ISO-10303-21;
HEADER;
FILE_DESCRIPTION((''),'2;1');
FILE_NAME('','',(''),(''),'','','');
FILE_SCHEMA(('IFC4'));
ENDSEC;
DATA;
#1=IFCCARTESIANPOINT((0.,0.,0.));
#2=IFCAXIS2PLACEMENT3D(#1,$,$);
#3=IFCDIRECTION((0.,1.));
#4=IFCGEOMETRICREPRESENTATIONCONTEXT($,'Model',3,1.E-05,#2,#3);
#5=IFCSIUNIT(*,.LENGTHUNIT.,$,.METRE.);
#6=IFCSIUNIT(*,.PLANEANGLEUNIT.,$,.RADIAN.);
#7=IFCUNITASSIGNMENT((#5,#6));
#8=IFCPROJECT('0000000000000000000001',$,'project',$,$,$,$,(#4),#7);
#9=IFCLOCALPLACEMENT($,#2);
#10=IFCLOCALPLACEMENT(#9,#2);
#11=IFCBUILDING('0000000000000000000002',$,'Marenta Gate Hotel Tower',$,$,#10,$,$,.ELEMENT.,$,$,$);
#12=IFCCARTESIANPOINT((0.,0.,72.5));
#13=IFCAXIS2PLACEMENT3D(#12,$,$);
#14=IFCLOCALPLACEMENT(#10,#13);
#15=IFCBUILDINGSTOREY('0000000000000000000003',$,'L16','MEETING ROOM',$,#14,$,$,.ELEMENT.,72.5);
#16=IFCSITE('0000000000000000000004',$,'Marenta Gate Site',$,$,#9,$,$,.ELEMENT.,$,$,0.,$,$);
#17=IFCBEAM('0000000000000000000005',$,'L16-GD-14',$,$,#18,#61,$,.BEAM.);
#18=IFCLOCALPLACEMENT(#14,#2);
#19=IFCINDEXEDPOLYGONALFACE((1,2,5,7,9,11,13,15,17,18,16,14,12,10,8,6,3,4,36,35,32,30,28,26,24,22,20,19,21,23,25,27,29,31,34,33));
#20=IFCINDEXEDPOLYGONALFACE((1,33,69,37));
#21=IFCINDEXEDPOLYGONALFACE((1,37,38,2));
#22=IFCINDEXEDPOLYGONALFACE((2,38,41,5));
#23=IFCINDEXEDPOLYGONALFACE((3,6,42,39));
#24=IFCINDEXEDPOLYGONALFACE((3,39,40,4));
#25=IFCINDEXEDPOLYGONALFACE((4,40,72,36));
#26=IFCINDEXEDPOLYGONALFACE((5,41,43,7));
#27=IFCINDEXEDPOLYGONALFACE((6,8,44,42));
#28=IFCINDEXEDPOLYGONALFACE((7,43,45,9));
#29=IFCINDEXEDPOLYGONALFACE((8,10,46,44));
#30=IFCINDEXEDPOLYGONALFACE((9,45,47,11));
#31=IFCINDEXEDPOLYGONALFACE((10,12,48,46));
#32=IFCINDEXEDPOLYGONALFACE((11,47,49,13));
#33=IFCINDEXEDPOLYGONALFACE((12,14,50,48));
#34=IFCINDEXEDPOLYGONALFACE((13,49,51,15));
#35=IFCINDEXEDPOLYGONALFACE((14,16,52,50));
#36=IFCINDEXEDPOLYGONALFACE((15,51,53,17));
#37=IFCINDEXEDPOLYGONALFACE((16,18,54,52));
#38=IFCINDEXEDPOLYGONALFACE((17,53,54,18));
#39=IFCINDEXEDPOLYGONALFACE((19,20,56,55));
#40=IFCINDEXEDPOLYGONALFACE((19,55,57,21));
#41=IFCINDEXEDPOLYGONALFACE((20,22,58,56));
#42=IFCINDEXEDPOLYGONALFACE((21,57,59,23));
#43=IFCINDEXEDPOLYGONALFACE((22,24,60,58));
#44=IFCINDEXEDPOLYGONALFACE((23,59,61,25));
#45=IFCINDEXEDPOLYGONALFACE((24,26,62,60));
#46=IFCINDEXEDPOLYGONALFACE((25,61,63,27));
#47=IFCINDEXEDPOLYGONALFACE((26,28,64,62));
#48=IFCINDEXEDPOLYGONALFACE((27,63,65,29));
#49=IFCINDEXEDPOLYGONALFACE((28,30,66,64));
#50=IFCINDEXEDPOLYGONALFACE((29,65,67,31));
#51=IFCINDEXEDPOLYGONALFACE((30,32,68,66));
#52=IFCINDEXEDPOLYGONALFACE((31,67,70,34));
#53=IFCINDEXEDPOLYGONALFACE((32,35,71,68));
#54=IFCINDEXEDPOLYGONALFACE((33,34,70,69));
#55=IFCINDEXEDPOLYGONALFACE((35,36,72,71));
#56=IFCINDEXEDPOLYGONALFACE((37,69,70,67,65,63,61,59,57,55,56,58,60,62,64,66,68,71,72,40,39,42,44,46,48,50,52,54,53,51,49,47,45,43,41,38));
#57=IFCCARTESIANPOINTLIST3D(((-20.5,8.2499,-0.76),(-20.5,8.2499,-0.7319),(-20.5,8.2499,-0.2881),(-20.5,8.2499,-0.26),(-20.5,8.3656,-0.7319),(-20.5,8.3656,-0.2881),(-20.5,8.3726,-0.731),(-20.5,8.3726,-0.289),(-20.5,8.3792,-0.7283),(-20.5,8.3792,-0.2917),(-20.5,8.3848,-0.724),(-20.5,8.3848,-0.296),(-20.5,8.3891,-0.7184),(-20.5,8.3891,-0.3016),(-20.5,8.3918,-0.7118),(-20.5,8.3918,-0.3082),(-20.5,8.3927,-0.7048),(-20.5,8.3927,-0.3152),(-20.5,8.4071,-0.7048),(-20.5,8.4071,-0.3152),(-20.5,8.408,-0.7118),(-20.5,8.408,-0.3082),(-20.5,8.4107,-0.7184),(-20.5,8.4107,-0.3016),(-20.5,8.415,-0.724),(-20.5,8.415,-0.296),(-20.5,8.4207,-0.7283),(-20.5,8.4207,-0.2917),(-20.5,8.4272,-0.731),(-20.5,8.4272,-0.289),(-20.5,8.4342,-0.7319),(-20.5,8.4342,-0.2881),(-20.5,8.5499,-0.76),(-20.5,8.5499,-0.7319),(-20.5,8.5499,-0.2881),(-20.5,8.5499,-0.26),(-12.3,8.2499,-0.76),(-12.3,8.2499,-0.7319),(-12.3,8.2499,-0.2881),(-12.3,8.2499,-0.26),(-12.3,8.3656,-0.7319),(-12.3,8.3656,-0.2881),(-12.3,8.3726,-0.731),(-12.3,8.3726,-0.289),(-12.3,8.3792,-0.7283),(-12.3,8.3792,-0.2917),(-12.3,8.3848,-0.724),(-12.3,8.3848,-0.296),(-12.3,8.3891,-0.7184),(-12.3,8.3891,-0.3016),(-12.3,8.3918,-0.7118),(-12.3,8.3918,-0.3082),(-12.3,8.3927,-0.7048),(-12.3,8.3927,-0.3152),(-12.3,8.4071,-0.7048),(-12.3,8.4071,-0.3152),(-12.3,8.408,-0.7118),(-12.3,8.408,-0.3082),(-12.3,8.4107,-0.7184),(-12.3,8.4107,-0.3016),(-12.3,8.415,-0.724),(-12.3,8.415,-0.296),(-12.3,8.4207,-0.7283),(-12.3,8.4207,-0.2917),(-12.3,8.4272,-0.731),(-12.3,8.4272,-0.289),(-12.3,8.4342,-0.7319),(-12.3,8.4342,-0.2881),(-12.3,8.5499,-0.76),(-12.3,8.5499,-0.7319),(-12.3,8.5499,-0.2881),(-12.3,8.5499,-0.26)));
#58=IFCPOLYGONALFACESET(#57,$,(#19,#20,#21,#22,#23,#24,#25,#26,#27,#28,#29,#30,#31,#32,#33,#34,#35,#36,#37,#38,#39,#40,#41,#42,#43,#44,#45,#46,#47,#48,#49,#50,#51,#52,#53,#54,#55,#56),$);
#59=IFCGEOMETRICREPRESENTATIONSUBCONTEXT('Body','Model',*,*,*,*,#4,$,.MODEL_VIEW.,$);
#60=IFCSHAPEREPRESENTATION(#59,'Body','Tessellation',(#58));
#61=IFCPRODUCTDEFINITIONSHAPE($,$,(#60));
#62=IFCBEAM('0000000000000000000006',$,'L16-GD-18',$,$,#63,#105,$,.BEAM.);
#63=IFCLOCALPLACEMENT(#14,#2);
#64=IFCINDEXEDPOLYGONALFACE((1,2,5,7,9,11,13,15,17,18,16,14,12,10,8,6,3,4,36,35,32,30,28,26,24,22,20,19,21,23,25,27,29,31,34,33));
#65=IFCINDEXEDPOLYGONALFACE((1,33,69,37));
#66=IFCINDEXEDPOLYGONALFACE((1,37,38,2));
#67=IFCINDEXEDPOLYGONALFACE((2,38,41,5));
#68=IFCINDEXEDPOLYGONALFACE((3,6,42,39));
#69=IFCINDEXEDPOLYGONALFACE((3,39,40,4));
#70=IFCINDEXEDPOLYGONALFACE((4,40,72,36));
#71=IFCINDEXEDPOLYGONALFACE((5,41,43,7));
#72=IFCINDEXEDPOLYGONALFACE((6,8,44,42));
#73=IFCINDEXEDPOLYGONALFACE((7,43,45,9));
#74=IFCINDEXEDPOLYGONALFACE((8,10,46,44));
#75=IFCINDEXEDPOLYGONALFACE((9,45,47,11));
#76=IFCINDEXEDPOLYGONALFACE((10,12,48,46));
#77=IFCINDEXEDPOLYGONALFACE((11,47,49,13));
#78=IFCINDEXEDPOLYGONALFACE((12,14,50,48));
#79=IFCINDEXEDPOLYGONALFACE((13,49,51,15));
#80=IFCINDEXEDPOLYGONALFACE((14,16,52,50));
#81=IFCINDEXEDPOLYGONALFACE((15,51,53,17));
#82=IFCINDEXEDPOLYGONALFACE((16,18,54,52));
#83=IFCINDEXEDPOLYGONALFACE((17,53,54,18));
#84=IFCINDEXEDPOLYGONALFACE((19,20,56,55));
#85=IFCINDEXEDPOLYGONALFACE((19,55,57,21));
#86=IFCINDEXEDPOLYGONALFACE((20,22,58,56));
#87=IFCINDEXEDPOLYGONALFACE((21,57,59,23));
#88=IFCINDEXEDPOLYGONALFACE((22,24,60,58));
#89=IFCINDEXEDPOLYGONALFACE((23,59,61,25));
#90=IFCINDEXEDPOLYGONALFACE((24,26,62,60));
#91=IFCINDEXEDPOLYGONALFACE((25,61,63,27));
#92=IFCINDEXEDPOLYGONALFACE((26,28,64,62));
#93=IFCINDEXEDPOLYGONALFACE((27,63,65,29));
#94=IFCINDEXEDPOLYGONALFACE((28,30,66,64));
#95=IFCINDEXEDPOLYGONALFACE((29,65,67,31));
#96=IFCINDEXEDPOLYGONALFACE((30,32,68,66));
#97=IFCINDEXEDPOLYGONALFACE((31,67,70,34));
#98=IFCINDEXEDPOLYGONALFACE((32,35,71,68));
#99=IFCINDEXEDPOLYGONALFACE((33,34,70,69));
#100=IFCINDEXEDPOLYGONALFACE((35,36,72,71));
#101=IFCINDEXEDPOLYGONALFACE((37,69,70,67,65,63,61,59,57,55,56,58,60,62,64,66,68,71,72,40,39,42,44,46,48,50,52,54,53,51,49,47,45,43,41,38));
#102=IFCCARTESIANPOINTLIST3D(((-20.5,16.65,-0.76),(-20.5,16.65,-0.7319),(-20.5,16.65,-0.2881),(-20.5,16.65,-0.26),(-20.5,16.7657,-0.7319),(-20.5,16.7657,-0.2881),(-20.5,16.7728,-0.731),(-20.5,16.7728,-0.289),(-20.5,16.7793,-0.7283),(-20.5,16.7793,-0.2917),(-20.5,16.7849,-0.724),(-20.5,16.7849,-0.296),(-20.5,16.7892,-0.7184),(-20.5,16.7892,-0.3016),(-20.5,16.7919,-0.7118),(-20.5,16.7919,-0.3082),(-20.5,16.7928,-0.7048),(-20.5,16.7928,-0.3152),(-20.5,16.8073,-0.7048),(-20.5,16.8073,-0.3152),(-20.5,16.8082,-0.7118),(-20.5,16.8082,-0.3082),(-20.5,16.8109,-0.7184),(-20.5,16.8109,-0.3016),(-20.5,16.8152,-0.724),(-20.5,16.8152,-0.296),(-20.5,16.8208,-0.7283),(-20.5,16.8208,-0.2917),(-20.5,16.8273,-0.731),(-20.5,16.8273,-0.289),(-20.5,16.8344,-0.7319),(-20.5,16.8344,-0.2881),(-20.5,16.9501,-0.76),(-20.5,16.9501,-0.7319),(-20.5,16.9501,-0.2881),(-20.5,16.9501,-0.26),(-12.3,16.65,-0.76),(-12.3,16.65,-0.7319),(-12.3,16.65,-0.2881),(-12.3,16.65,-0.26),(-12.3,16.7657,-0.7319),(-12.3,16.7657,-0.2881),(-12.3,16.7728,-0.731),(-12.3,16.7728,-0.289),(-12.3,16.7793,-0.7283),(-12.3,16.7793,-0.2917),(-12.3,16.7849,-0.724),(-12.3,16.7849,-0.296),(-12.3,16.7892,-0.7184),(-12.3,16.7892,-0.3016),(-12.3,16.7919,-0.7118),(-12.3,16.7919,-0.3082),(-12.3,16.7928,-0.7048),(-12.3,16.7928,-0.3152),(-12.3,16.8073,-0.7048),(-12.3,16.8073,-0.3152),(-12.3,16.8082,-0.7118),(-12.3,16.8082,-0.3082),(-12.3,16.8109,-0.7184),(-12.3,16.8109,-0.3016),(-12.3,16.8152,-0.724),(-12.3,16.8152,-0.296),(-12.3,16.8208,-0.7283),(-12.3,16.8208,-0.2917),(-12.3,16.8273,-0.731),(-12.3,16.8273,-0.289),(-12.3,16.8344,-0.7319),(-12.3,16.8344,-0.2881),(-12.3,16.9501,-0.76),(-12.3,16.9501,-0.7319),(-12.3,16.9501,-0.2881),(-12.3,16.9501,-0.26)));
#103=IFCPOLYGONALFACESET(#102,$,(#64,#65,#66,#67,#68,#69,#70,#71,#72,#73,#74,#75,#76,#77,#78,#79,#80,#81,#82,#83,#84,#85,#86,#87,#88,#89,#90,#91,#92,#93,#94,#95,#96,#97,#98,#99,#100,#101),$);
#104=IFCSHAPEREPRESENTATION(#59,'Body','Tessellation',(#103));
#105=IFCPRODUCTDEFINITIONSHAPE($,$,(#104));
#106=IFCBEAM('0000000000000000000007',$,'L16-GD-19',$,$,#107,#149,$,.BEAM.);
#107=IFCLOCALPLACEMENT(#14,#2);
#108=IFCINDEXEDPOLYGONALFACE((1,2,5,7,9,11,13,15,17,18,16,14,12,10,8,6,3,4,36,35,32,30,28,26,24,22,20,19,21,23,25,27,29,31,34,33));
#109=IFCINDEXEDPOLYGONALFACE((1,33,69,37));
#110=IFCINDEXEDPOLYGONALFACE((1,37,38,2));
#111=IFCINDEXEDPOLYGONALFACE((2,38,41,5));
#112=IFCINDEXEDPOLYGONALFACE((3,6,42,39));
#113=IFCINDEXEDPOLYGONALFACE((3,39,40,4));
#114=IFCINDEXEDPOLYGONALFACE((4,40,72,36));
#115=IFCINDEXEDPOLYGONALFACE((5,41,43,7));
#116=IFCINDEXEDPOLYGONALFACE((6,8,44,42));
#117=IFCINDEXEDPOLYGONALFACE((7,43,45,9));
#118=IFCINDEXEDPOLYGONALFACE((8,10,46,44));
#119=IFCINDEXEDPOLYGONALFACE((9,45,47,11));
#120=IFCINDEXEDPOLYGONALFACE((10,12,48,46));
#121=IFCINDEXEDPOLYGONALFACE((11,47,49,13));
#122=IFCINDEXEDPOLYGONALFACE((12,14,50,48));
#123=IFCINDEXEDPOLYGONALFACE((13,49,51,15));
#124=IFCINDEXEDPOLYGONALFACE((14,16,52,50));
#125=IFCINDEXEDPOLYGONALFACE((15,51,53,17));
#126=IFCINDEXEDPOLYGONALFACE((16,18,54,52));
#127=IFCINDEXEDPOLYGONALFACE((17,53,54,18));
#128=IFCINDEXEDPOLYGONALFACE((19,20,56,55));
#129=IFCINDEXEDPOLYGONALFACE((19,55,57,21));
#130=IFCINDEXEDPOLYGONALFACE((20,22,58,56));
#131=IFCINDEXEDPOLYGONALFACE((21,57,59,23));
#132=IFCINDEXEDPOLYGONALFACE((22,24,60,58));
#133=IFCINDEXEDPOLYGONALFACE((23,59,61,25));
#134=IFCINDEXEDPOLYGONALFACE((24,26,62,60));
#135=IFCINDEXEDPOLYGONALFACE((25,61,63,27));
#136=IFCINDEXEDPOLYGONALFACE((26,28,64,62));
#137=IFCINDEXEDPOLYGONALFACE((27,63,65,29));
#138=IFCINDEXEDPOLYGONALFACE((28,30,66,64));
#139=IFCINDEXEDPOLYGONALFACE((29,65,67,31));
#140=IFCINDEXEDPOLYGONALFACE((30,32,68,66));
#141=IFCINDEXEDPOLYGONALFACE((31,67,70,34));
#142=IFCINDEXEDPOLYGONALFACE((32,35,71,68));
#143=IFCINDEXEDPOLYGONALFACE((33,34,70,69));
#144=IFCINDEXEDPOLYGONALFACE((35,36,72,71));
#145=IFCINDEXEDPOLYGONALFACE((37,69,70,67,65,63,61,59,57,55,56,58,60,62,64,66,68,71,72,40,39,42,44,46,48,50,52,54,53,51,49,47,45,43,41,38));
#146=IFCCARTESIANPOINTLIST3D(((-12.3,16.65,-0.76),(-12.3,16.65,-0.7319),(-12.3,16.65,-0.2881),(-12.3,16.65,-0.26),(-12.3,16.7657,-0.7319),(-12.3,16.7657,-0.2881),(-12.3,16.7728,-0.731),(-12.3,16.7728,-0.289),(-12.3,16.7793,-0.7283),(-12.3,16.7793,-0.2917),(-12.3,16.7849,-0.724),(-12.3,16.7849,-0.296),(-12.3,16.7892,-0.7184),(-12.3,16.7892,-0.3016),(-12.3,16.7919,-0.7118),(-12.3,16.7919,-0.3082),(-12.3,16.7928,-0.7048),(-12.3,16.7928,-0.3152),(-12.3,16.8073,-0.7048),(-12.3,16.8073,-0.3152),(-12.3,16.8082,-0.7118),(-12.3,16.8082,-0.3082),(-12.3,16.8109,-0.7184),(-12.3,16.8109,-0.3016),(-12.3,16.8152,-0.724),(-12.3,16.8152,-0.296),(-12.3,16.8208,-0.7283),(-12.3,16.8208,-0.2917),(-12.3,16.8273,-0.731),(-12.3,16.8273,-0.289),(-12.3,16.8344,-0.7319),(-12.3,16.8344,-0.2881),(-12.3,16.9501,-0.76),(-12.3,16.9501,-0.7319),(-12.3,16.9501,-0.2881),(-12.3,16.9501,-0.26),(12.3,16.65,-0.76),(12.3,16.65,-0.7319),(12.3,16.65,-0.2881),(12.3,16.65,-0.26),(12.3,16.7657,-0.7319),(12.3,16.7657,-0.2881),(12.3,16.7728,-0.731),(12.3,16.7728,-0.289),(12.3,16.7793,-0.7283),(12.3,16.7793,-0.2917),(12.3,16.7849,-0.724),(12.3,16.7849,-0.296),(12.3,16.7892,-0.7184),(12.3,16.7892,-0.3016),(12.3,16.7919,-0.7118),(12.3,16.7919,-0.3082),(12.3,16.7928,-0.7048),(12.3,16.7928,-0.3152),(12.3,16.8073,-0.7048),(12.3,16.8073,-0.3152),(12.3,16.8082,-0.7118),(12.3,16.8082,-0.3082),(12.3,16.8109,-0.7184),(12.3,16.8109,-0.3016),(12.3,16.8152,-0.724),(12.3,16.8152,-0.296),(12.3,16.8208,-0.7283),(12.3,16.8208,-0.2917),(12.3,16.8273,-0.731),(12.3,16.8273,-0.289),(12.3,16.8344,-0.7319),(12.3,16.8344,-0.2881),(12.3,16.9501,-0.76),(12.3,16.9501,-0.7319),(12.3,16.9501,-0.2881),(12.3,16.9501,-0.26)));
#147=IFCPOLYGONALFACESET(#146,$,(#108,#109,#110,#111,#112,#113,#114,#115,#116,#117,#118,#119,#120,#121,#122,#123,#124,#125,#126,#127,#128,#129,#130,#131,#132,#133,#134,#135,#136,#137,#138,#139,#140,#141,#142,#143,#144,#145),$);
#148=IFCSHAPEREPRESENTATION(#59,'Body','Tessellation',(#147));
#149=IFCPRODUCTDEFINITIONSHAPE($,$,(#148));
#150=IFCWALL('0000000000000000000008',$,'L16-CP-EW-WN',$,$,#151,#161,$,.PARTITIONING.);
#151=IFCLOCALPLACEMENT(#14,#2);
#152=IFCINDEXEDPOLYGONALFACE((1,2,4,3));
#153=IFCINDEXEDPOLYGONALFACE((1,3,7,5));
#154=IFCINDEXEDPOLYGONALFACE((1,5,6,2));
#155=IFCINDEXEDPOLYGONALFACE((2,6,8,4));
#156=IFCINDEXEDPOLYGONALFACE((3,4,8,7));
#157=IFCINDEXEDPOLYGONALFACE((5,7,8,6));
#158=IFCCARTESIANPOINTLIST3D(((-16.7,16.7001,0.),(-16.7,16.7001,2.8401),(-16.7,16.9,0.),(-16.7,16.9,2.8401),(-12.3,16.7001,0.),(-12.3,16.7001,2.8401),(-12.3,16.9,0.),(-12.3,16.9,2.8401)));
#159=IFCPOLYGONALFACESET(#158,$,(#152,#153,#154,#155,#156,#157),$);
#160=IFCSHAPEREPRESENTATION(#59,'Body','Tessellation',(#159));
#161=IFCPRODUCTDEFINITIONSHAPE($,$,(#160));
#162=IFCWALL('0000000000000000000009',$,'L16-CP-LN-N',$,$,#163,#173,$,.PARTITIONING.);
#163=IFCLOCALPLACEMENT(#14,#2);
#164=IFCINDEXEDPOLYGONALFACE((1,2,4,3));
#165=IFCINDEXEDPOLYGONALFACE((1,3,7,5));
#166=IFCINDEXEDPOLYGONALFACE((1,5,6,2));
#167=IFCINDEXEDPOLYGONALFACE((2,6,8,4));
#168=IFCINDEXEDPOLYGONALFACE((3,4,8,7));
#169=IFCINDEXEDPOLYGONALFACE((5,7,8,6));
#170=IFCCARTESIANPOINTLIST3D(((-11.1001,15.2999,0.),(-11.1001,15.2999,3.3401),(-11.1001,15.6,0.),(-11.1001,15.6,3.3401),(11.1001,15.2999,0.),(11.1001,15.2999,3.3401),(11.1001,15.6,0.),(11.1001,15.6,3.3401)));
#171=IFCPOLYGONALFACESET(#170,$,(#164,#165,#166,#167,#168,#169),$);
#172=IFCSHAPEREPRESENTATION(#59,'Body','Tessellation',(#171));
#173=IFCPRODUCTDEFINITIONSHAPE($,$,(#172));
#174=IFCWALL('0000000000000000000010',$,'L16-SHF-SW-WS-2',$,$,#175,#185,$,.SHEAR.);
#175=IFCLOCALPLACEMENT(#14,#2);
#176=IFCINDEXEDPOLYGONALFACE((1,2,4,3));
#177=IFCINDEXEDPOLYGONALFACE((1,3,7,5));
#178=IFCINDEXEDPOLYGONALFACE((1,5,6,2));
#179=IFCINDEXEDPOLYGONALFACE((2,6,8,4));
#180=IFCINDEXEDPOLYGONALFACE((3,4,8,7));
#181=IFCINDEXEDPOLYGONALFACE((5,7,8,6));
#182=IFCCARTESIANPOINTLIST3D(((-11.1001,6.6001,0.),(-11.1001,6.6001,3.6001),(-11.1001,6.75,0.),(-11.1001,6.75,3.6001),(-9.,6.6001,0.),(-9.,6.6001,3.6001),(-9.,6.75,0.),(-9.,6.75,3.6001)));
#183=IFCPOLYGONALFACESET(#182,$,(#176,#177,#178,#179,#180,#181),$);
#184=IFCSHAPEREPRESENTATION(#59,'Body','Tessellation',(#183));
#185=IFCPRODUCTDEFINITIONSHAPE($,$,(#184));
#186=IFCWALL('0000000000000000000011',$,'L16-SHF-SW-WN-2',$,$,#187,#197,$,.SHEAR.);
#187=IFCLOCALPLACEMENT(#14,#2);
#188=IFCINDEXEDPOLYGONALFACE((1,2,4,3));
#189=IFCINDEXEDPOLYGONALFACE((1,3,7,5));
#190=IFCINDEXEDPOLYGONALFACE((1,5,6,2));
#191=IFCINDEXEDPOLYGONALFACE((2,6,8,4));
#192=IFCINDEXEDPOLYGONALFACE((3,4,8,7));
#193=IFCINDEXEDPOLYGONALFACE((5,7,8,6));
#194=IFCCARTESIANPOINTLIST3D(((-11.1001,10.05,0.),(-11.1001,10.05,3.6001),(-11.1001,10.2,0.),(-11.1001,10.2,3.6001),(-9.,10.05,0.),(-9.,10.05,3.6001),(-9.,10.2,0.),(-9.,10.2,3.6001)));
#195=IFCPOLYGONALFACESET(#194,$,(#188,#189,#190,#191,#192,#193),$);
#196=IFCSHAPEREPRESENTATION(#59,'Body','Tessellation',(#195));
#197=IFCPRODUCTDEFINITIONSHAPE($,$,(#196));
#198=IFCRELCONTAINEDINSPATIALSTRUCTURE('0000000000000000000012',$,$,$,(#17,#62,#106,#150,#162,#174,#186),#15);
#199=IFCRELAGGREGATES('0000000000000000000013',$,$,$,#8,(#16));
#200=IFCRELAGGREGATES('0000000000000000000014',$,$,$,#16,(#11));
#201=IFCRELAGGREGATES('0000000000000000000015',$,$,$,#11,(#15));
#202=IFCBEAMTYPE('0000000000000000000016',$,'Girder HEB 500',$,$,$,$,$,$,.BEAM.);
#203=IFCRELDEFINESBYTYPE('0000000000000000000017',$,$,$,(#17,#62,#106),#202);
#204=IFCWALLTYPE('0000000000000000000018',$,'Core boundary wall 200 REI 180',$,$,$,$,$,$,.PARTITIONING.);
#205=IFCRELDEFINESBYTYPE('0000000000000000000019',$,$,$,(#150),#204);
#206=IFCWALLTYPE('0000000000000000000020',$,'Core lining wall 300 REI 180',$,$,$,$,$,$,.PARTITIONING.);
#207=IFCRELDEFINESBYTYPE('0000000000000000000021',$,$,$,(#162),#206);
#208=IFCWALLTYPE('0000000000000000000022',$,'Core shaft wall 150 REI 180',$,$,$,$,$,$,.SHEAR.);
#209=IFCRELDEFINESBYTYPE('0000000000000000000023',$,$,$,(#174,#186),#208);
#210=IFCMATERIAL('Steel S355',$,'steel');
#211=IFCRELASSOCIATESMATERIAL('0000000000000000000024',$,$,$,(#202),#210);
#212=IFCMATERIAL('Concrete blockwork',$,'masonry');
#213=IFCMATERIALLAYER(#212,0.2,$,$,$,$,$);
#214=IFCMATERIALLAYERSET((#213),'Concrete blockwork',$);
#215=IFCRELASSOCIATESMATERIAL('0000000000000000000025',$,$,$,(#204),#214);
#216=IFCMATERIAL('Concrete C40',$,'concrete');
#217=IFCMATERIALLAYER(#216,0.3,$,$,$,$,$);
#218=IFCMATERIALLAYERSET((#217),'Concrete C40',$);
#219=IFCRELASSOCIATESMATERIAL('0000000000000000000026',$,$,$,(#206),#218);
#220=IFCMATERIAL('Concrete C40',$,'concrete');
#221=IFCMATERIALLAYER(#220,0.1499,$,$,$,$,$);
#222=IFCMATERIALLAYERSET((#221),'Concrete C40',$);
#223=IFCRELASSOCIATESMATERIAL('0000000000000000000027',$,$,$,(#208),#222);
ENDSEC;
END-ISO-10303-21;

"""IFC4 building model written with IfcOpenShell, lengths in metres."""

from ifc_helpers import new_model, si_unit, direction, frame, frame_2d, origin, origin_2d, place, context, subcontext, project, spatial, rectangle, i_section, extrude, material, layer, layer_set, material_profile, profile_set, type_object, element, save


model = new_model("IFC4")

# Units and contexts
model_context = context("Model", 3, precision=1e-05, world=origin(), true_north=direction((0.0, 1.0)))
body_context = subcontext(model_context, "Body", "Model", "MODEL_VIEW")
ifc_project = project(units=[si_unit("LENGTHUNIT", "METRE"), si_unit("PLANEANGLEUNIT", "RADIAN")], contexts=[model_context])

# Site, building, storey
site_placement = place(None, origin())
site = spatial("IfcSite", under=ifc_project, at=site_placement, Name="Marenta Gate Site", CompositionType="ELEMENT", RefElevation=0.0)
building_placement = place(site_placement, origin())
building = spatial("IfcBuilding", under=site, at=building_placement, Name="Marenta Gate Hotel Tower", CompositionType="ELEMENT")
storey_placement = place(building_placement, frame((0.0, 0.0, 72.5)))
storey = spatial("IfcBuildingStorey", under=building, at=storey_placement, Name="L16", Description="MEETING ROOM", CompositionType="ELEMENT", Elevation=72.5)

# Beams
ifc_material_1 = material(Name="Steel S355", Category="steel")
ifc_material_profile = material_profile(ifc_material_1, i_section(OverallWidth=0.3, OverallDepth=0.5, WebThickness=0.0144, FlangeThickness=0.0281, FilletRadius=0.0271, at=origin_2d()), Name="HEB 500")
ifc_profile_set = profile_set([ifc_material_profile], Name="Steel S355")
beam_type = type_object("IfcBeamType", Name="Girder HEB 500", PredefinedType="BEAM", material=ifc_profile_set)
for number, where, z_axis, x_axis, name in (
    (1, (-20.5, 8.3999, -0.51), (1.0, 0.0, 0.0), (0.0, 1.0, 0.0), "L16-GD-14"),
    (2, (-20.5, 16.8, -0.51), (1.0, 0.0, 0.0), (0.0, 1.0, 0.0), "L16-GD-18"),
):
    element("IfcBeam", number, at=place(storey_placement, frame(where, z_axis=z_axis, x_axis=x_axis)), inside=storey, type_object=beam_type, Name=name, PredefinedType="BEAM", context=body_context, shape_type="SweptSolid", body=[
        extrude(i_section(OverallWidth=0.3, OverallDepth=0.5, WebThickness=0.0144, FlangeThickness=0.0281, FilletRadius=0.0271, at=origin_2d()), origin(), (0.0, 0.0, 1.0), 8.2),
    ])
beam_placement = place(storey_placement, frame((-12.3, 16.8, -0.51), z_axis=(1.0, 0.0, 0.0), x_axis=(0.0, 1.0, 0.0)))
element("IfcBeam", 3, at=beam_placement, inside=storey, type_object=beam_type, Name="L16-GD-19", PredefinedType="BEAM", context=body_context, shape_type="SweptSolid", body=[
    extrude(i_section(OverallWidth=0.3, OverallDepth=0.5, WebThickness=0.0144, FlangeThickness=0.0281, FilletRadius=0.0271, at=origin_2d()), origin(), (0.0, 0.0, 1.0), 24.6001),
])

# Walls
ifc_material_2 = material(Name="Concrete blockwork", Category="masonry")
ifc_layer_1 = layer(ifc_material_2, 0.2)
ifc_layer_set_1 = layer_set([ifc_layer_1], Name="Concrete blockwork")
wall_type_1 = type_object("IfcWallType", Name="Core boundary wall 200 REI 180", PredefinedType="PARTITIONING", material=ifc_layer_set_1)
wall_1_placement = place(storey_placement, frame((-16.7, 16.8, 0.0), z_axis=(0.0, 0.0, 1.0), x_axis=(1.0, 0.0, 0.0)))
element("IfcWall", 4, at=wall_1_placement, inside=storey, type_object=wall_type_1, Name="L16-CP-EW-WN", PredefinedType="PARTITIONING", context=body_context, shape_type="SweptSolid", body=[
    extrude(rectangle(XDim=4.3999, YDim=0.2, at=frame_2d((2.2, 0.0))), origin(), (0.0, 0.0, 1.0), 2.8401),
])
ifc_material_3 = material(Name="Concrete C40", Category="concrete")
ifc_layer_2 = layer(ifc_material_3, 0.3)
ifc_layer_set_2 = layer_set([ifc_layer_2], Name="Concrete C40")
wall_type_2 = type_object("IfcWallType", Name="Core lining wall 300 REI 180", PredefinedType="PARTITIONING", material=ifc_layer_set_2)
wall_2_placement = place(storey_placement, frame((-11.1001, 15.45, 0.0), z_axis=(0.0, 0.0, 1.0), x_axis=(1.0, 0.0, 0.0)))
element("IfcWall", 5, at=wall_2_placement, inside=storey, type_object=wall_type_2, Name="L16-CP-LN-N", PredefinedType="PARTITIONING", context=body_context, shape_type="SweptSolid", body=[
    extrude(rectangle(XDim=22.2002, YDim=0.3, at=frame_2d((11.1001, 0.0))), origin(), (0.0, 0.0, 1.0), 3.3401),
])
ifc_material_4 = material(Name="Concrete C40", Category="concrete")
ifc_layer_3 = layer(ifc_material_4, 0.1499)
ifc_layer_set_3 = layer_set([ifc_layer_3], Name="Concrete C40")
wall_type_3 = type_object("IfcWallType", Name="Core shaft wall 150 REI 180", PredefinedType="SHEAR", material=ifc_layer_set_3)
for number, where, z_axis, x_axis, name in (
    (6, (-11.1001, 6.675, 0.0), (0.0, 0.0, 1.0), (1.0, 0.0, 0.0), "L16-SHF-SW-WS-2"),
    (7, (-11.1001, 10.125, 0.0), (0.0, 0.0, 1.0), (1.0, 0.0, 0.0), "L16-SHF-SW-WN-2"),
):
    element("IfcWall", number, at=place(storey_placement, frame(where, z_axis=z_axis, x_axis=x_axis)), inside=storey, type_object=wall_type_3, Name=name, PredefinedType="SHEAR", context=body_context, shape_type="SweptSolid", body=[
        extrude(rectangle(XDim=2.1001, YDim=0.1499, at=frame_2d((1.05, 0.0))), origin(), (0.0, 0.0, 1.0), 3.6001),
    ])

save(model, "model.ifc")
